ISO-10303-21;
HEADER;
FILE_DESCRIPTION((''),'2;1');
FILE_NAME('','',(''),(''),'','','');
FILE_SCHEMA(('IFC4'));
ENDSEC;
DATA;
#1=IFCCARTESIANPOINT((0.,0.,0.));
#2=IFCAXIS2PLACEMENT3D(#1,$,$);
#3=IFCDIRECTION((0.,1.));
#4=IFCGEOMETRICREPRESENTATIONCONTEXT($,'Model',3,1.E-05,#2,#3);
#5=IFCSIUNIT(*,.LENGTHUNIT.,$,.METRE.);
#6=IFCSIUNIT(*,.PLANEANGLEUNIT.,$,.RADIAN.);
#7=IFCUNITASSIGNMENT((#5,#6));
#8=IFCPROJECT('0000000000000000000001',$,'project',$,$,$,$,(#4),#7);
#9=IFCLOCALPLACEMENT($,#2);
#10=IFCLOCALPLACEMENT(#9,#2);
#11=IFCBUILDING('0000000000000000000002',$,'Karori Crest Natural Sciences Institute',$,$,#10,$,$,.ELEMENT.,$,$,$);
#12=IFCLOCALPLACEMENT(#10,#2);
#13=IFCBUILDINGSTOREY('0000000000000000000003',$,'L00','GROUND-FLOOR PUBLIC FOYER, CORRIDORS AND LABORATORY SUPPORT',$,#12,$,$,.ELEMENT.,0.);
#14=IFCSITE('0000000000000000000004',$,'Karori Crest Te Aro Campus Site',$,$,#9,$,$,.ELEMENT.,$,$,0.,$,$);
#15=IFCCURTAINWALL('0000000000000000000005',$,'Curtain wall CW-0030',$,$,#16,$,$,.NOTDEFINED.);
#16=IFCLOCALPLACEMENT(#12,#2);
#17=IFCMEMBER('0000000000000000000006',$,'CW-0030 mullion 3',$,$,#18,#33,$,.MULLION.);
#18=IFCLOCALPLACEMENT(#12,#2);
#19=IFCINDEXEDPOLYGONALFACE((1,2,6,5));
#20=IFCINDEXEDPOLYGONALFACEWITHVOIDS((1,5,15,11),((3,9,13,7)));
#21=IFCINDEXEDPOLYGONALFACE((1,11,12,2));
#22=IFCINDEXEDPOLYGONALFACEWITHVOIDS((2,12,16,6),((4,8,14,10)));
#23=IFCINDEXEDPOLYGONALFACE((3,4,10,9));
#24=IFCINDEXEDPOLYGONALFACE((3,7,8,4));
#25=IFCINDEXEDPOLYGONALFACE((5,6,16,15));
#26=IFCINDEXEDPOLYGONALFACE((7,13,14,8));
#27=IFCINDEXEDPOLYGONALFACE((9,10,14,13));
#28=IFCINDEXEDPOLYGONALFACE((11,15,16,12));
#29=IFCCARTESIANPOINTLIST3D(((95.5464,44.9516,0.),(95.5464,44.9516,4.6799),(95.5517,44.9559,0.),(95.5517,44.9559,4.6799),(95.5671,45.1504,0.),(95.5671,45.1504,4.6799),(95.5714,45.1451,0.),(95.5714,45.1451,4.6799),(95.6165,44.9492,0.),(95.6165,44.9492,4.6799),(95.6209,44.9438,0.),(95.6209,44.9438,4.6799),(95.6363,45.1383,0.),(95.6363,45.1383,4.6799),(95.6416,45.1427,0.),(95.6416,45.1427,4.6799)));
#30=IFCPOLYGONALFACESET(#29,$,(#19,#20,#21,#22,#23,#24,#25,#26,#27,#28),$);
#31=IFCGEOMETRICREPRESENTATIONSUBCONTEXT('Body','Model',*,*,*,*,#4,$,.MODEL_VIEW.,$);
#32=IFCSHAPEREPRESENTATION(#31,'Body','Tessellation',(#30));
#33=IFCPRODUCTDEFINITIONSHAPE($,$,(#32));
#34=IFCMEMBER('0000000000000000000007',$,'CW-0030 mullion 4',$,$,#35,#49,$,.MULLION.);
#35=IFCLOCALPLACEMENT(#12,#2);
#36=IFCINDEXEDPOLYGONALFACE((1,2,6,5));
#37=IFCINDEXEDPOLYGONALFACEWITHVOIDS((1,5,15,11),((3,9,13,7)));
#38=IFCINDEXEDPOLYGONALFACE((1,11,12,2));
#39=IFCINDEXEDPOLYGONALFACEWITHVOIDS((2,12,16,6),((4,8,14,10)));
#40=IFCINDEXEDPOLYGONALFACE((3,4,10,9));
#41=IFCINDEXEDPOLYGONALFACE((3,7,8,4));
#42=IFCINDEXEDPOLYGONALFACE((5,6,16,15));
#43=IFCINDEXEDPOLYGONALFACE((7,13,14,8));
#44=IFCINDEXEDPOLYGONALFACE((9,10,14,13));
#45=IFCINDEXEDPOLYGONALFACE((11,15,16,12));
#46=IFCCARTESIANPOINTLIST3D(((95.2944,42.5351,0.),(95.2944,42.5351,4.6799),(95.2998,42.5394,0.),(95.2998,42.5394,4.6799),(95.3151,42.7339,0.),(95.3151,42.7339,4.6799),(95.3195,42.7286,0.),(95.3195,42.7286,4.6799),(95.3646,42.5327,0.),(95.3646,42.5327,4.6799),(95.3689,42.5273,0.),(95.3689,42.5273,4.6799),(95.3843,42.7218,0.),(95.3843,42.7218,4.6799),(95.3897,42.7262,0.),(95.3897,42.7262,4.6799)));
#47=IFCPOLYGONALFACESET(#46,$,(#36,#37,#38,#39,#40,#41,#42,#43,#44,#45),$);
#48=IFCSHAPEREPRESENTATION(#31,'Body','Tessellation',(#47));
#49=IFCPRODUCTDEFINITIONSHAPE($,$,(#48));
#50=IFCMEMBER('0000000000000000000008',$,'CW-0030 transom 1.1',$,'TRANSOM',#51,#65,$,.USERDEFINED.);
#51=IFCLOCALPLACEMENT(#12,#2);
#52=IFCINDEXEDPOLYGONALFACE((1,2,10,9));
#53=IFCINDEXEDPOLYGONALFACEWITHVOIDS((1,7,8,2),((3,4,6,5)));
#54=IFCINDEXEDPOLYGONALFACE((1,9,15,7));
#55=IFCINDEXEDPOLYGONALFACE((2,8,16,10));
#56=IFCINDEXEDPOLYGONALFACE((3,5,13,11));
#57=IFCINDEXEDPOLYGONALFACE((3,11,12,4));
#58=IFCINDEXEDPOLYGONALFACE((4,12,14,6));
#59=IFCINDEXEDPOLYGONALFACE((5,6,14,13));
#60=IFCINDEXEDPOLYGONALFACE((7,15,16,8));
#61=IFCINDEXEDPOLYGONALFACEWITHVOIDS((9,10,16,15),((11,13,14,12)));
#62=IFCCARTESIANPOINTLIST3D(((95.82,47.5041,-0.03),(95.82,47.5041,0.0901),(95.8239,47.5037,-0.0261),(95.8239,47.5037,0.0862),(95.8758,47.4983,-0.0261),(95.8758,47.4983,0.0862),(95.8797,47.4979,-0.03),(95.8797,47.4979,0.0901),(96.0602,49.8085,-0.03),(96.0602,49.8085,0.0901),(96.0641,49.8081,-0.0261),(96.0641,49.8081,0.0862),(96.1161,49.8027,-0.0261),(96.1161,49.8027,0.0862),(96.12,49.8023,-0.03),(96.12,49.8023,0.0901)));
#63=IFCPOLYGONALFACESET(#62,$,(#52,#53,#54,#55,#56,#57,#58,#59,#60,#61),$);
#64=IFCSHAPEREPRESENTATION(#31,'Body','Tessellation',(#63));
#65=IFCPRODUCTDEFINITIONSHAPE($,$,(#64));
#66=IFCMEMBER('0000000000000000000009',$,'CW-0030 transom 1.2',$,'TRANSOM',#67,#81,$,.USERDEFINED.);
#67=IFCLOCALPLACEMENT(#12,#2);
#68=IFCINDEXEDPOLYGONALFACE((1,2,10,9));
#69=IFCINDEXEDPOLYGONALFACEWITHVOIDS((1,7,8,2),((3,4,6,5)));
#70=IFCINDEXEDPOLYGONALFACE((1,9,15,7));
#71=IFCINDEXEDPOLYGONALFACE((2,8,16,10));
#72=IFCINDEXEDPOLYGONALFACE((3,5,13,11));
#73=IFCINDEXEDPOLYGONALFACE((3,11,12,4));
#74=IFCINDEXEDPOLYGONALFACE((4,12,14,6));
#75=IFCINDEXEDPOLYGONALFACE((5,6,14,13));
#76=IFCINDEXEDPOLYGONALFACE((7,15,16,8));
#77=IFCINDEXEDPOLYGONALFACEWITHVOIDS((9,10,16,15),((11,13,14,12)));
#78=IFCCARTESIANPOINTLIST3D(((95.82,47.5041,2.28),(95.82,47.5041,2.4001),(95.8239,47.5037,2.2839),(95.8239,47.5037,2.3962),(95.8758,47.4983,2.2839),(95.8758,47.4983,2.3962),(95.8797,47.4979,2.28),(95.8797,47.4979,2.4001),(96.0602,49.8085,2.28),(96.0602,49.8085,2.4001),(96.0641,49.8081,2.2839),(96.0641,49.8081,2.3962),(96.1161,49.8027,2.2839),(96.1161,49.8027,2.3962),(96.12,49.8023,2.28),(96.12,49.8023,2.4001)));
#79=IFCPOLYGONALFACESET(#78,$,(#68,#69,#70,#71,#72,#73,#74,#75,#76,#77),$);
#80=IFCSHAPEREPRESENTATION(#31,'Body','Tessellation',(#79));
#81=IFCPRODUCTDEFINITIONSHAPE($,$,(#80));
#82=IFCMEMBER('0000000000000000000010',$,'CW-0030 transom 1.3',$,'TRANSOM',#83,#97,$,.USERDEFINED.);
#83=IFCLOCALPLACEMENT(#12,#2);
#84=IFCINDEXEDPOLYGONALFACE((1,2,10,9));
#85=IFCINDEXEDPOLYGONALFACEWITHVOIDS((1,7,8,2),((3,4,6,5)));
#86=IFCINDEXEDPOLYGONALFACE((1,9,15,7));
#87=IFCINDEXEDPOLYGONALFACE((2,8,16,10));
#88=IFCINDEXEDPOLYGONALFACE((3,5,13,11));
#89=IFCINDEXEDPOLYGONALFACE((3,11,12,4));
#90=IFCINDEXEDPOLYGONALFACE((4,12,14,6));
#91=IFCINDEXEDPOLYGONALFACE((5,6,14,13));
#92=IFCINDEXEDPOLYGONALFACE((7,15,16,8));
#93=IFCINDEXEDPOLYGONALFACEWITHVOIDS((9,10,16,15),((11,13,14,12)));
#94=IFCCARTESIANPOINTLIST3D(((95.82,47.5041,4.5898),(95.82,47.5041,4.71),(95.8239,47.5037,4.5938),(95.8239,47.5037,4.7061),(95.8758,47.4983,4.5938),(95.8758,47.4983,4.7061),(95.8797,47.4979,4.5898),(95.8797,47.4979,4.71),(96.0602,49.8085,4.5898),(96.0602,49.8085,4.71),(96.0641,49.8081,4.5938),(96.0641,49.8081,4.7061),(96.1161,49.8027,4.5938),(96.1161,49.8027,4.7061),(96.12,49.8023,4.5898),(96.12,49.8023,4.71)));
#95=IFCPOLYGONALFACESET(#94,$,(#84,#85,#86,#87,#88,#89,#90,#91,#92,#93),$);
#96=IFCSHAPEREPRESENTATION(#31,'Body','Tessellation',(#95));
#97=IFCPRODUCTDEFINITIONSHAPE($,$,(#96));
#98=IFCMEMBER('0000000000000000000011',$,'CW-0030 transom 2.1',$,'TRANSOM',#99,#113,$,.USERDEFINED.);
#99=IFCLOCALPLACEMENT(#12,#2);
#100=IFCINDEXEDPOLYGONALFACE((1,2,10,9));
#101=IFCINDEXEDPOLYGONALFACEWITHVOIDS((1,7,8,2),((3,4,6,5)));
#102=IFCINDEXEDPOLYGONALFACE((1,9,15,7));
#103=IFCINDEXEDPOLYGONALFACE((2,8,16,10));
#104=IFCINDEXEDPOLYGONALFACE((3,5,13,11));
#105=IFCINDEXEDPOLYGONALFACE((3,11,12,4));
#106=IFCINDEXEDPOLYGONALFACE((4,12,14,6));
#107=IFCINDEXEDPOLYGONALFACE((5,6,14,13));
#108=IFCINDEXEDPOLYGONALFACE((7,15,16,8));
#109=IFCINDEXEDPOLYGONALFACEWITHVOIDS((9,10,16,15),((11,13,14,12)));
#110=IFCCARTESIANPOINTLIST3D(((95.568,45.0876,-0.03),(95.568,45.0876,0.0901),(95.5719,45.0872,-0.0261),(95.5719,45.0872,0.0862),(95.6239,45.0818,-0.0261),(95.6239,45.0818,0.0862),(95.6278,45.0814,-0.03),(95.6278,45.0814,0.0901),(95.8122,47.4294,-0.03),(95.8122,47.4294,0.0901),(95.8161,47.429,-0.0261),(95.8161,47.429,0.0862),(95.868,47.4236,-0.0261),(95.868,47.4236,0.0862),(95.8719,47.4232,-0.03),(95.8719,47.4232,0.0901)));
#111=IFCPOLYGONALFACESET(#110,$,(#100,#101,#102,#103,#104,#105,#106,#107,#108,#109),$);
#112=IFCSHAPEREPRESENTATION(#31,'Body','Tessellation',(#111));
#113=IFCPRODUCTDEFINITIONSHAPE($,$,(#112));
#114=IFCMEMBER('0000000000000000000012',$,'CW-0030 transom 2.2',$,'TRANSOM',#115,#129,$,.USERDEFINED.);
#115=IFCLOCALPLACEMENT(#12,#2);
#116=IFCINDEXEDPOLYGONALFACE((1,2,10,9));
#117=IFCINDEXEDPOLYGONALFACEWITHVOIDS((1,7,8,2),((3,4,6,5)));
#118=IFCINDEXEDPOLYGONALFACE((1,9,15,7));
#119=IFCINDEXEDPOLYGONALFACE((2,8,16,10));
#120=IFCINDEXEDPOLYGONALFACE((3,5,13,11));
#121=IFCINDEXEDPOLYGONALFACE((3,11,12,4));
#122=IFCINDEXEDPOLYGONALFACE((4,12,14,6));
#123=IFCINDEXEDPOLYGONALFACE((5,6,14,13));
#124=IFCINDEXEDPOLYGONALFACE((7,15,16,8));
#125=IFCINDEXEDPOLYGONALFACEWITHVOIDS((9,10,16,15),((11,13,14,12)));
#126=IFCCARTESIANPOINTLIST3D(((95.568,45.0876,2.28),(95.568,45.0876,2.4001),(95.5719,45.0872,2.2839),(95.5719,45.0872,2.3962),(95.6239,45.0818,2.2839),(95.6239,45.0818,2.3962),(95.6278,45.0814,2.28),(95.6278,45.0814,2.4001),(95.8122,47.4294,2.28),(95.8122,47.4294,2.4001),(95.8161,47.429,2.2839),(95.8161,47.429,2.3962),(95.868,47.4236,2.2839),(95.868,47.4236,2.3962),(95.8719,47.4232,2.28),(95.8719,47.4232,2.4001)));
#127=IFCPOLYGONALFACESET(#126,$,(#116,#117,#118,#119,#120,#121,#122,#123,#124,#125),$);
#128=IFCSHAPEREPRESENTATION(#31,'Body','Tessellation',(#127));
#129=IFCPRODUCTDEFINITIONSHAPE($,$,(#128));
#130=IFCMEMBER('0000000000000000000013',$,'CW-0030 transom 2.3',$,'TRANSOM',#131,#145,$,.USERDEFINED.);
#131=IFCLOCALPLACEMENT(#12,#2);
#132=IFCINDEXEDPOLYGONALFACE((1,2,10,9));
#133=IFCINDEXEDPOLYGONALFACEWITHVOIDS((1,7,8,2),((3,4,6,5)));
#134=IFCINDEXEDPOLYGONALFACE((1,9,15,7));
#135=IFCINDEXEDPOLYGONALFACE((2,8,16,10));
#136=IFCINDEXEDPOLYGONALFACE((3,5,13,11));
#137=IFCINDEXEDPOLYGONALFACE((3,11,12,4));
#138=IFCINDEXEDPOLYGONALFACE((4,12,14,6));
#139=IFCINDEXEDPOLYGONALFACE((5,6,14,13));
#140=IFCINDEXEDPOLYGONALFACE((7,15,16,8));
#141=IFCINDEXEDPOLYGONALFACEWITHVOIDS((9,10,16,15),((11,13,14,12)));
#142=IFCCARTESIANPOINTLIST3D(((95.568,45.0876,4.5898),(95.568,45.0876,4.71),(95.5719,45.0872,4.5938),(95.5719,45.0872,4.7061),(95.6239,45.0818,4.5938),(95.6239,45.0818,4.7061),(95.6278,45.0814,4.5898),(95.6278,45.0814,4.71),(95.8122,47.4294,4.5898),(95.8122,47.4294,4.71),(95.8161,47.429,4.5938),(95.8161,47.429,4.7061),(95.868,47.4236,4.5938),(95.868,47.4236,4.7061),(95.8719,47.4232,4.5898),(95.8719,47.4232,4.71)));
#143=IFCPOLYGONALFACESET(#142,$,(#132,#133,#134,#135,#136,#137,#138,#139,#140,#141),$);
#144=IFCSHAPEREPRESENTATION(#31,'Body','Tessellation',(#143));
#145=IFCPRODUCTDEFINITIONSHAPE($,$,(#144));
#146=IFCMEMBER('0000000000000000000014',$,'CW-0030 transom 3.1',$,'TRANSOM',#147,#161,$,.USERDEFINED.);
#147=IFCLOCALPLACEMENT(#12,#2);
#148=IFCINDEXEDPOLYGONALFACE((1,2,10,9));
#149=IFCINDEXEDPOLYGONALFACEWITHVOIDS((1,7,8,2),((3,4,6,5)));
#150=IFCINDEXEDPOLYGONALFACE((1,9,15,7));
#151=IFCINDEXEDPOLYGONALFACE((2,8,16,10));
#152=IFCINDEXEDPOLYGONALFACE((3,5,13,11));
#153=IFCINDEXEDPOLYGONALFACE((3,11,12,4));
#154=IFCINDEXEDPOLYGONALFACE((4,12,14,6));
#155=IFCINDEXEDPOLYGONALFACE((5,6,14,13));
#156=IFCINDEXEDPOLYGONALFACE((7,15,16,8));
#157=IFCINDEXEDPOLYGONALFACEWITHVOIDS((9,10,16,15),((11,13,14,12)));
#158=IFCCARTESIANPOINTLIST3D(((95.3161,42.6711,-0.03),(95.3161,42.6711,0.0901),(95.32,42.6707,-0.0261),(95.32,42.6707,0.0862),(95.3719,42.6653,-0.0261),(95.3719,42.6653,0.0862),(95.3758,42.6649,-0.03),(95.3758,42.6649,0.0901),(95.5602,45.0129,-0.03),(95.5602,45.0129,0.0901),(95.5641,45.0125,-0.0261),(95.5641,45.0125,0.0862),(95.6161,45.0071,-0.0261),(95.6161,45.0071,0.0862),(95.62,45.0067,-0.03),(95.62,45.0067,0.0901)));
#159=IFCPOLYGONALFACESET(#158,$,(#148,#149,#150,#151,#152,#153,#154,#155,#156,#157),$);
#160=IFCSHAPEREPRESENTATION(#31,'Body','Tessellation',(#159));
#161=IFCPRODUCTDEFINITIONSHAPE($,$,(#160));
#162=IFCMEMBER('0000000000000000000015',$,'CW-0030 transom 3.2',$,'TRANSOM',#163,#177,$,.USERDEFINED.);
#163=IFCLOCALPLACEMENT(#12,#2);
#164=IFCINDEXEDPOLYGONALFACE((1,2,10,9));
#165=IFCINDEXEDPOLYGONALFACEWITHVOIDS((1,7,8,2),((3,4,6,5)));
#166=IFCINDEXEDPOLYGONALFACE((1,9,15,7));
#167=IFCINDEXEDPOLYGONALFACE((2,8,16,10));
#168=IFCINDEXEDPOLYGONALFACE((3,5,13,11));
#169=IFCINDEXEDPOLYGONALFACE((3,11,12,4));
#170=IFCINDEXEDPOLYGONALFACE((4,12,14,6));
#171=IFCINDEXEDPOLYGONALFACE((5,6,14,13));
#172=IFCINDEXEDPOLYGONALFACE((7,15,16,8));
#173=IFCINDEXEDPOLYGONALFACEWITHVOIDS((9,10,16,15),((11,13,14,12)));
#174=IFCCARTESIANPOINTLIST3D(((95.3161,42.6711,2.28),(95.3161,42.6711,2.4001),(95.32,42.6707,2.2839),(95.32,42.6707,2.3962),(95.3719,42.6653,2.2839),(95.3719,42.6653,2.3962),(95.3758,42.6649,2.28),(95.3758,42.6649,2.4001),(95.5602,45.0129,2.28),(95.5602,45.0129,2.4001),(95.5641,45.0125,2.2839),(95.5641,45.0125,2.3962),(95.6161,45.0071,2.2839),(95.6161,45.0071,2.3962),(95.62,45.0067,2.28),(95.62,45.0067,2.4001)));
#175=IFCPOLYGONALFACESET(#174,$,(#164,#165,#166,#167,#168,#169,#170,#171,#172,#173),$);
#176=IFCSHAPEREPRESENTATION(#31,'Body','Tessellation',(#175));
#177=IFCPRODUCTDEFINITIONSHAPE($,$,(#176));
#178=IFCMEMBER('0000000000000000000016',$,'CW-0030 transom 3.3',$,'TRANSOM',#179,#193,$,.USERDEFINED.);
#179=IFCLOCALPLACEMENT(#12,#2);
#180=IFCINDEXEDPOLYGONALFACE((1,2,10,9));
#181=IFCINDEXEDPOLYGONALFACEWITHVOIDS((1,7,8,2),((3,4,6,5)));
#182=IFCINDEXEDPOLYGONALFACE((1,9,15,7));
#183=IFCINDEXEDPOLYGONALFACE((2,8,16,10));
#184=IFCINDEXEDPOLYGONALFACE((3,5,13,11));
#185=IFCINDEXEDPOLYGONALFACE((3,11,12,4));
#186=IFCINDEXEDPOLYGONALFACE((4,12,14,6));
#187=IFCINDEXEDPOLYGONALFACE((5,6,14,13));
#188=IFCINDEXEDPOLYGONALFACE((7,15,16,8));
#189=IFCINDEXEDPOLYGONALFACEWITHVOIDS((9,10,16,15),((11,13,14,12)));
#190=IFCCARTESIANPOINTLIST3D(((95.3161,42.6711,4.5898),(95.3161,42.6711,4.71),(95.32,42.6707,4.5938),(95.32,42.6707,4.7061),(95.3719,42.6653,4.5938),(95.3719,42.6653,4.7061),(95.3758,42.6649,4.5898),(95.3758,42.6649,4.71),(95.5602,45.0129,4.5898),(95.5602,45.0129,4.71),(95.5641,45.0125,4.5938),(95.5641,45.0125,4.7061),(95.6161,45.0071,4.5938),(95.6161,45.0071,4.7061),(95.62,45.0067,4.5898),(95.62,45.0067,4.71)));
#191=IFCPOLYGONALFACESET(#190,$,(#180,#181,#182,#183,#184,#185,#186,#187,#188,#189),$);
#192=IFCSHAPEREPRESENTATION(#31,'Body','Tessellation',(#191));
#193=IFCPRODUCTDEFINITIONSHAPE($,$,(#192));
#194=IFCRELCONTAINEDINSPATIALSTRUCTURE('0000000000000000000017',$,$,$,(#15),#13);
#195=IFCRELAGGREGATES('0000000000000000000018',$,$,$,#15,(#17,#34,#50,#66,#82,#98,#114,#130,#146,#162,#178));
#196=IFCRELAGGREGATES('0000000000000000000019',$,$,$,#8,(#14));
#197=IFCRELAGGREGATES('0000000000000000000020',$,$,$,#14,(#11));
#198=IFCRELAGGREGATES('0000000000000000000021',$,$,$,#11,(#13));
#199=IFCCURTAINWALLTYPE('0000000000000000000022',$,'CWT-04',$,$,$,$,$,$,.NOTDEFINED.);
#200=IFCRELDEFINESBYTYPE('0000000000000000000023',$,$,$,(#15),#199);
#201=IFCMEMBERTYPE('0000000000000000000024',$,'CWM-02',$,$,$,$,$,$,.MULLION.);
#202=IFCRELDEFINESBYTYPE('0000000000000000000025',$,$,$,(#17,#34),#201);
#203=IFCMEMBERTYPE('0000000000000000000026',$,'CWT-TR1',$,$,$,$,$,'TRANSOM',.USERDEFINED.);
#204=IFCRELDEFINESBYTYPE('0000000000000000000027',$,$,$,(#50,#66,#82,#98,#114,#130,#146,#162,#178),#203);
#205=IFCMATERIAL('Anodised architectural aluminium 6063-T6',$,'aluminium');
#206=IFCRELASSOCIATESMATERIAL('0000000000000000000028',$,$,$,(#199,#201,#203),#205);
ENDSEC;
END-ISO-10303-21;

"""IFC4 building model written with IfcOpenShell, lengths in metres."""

from ifc_helpers import new_model, si_unit, direction, frame, origin, origin_2d, place, context, subcontext, project, spatial, hollow_rectangle, extrude, material, material_profile, profile_set, type_object, element, aggregate, save


model = new_model("IFC4")

# Units and contexts
model_context = context("Model", 3, precision=1e-05, world=origin(), true_north=direction((0.0, 1.0)))
body_context = subcontext(model_context, "Body", "Model", "MODEL_VIEW")
ifc_project = project(units=[si_unit("LENGTHUNIT", "METRE"), si_unit("PLANEANGLEUNIT", "RADIAN")], contexts=[model_context])

# Site, building, storey
site_placement = place(None, origin())
site = spatial("IfcSite", under=ifc_project, at=site_placement, Name="Karori Crest Te Aro Campus Site", CompositionType="ELEMENT", RefElevation=0.0)
building_placement = place(site_placement, origin())
building = spatial("IfcBuilding", under=site, at=building_placement, Name="Karori Crest Natural Sciences Institute", CompositionType="ELEMENT")
storey_placement = place(building_placement, origin())
storey = spatial("IfcBuildingStorey", under=building, at=storey_placement, Name="L00", Description="GROUND-FLOOR PUBLIC FOYER, CORRIDORS AND LABORATORY SUPPORT", CompositionType="ELEMENT", Elevation=0.0)

# Curtain wall, members
ifc_material_1 = material(Name="Anodised architectural aluminium 6063-T6", Category="aluminium")
curtain_wall_type = type_object("IfcCurtainWallType", Name="CWT-04", PredefinedType="NOTDEFINED", material=ifc_material_1)
curtain_wall_placement = place(storey_placement, origin())
curtain_wall = element("IfcCurtainWall", 1, at=curtain_wall_placement, inside=storey, type_object=curtain_wall_type, Name="Curtain wall CW-0030", PredefinedType="NOTDEFINED")
ifc_material_profile_1 = material_profile(ifc_material_1, hollow_rectangle(XDim=0.075, YDim=0.2, WallThickness=0.0049, at=origin_2d()), Name="CWM200x75x5")
ifc_profile_set_1 = profile_set([ifc_material_profile_1], Name="Anodised architectural aluminium 6063-T6")
member_type_1 = type_object("IfcMemberType", Name="CWM-02", PredefinedType="MULLION", material=ifc_profile_set_1)
member_1_placement = place(storey_placement, frame((95.594, 45.0471, 0.0), z_axis=(0.0, 0.0, 1.0), x_axis=(0.994608, -0.103701, 0.0)))
member_1 = element("IfcMember", 2, at=member_1_placement, type_object=member_type_1, Name="CW-0030 mullion 3", PredefinedType="MULLION", context=body_context, shape_type="SweptSolid", body=[
    extrude(hollow_rectangle(XDim=0.075, YDim=0.2, WallThickness=0.0049, at=origin_2d()), origin(), (0.0, 0.0, 1.0), 4.6799),
])
member_2_placement = place(storey_placement, frame((95.342, 42.6306, 0.0), z_axis=(0.0, 0.0, 1.0), x_axis=(0.994608, -0.103701, 0.0)))
member_2 = element("IfcMember", 3, at=member_2_placement, type_object=member_type_1, Name="CW-0030 mullion 4", PredefinedType="MULLION", context=body_context, shape_type="SweptSolid", body=[
    extrude(hollow_rectangle(XDim=0.075, YDim=0.2, WallThickness=0.0049, at=origin_2d()), origin(), (0.0, 0.0, 1.0), 4.6799),
])
ifc_material_profile_2 = material_profile(ifc_material_1, hollow_rectangle(XDim=0.0601, YDim=0.1201, WallThickness=0.0039, at=origin_2d()), Name="CWT120x60x4")
ifc_profile_set_2 = profile_set([ifc_material_profile_2], Name="Anodised architectural aluminium 6063-T6")
member_type_2 = type_object("IfcMemberType", Name="CWT-TR1", ElementType="TRANSOM", PredefinedType="USERDEFINED", material=ifc_profile_set_2)
member_3_placement = place(storey_placement, frame((96.0901, 49.8054, 0.03), z_axis=(-0.103686, -0.99461, 0.0), x_axis=(0.99461, -0.103686, 0.0)))
member_3 = element("IfcMember", 4, at=member_3_placement, type_object=member_type_2, Name="CW-0030 transom 1.1", ObjectType="TRANSOM", PredefinedType="USERDEFINED", context=body_context, shape_type="SweptSolid", body=[
    extrude(hollow_rectangle(XDim=0.0601, YDim=0.1201, WallThickness=0.0039, at=origin_2d()), origin(), (0.0, 0.0, 1.0), 2.3169),
])
member_4_placement = place(storey_placement, frame((96.0901, 49.8054, 2.3401), z_axis=(-0.103686, -0.99461, 0.0), x_axis=(0.99461, -0.103686, 0.0)))
member_4 = element("IfcMember", 5, at=member_4_placement, type_object=member_type_2, Name="CW-0030 transom 1.2", ObjectType="TRANSOM", PredefinedType="USERDEFINED", context=body_context, shape_type="SweptSolid", body=[
    extrude(hollow_rectangle(XDim=0.0601, YDim=0.1201, WallThickness=0.0039, at=origin_2d()), origin(), (0.0, 0.0, 1.0), 2.3169),
])
member_5_placement = place(storey_placement, frame((96.0901, 49.8054, 4.6499), z_axis=(-0.103686, -0.99461, 0.0), x_axis=(0.99461, -0.103686, 0.0)))
member_5 = element("IfcMember", 6, at=member_5_placement, type_object=member_type_2, Name="CW-0030 transom 1.3", ObjectType="TRANSOM", PredefinedType="USERDEFINED", context=body_context, shape_type="SweptSolid", body=[
    extrude(hollow_rectangle(XDim=0.0601, YDim=0.1201, WallThickness=0.0039, at=origin_2d()), origin(), (0.0, 0.0, 1.0), 2.3169),
])
member_6_placement = place(storey_placement, frame((95.842, 47.4263, 0.03), z_axis=(-0.103692, -0.99461, 0.0), x_axis=(0.99461, -0.103692, 0.0)))
member_6 = element("IfcMember", 7, at=member_6_placement, type_object=member_type_2, Name="CW-0030 transom 2.1", ObjectType="TRANSOM", PredefinedType="USERDEFINED", context=body_context, shape_type="SweptSolid", body=[
    extrude(hollow_rectangle(XDim=0.0601, YDim=0.1201, WallThickness=0.0039, at=origin_2d()), origin(), (0.0, 0.0, 1.0), 2.3545),
])
member_7_placement = place(storey_placement, frame((95.842, 47.4263, 2.3401), z_axis=(-0.103692, -0.99461, 0.0), x_axis=(0.99461, -0.103692, 0.0)))
member_7 = element("IfcMember", 8, at=member_7_placement, type_object=member_type_2, Name="CW-0030 transom 2.2", ObjectType="TRANSOM", PredefinedType="USERDEFINED", context=body_context, shape_type="SweptSolid", body=[
    extrude(hollow_rectangle(XDim=0.0601, YDim=0.1201, WallThickness=0.0039, at=origin_2d()), origin(), (0.0, 0.0, 1.0), 2.3545),
])
member_8_placement = place(storey_placement, frame((95.842, 47.4263, 4.6499), z_axis=(-0.103692, -0.99461, 0.0), x_axis=(0.99461, -0.103692, 0.0)))
member_8 = element("IfcMember", 9, at=member_8_placement, type_object=member_type_2, Name="CW-0030 transom 2.3", ObjectType="TRANSOM", PredefinedType="USERDEFINED", context=body_context, shape_type="SweptSolid", body=[
    extrude(hollow_rectangle(XDim=0.0601, YDim=0.1201, WallThickness=0.0039, at=origin_2d()), origin(), (0.0, 0.0, 1.0), 2.3545),
])
member_9_placement = place(storey_placement, frame((95.5901, 45.0098, 0.03), z_axis=(-0.103692, -0.99461, 0.0), x_axis=(0.99461, -0.103692, 0.0)))
member_9 = element("IfcMember", 10, at=member_9_placement, type_object=member_type_2, Name="CW-0030 transom 3.1", ObjectType="TRANSOM", PredefinedType="USERDEFINED", context=body_context, shape_type="SweptSolid", body=[
    extrude(hollow_rectangle(XDim=0.0601, YDim=0.1201, WallThickness=0.0039, at=origin_2d()), origin(), (0.0, 0.0, 1.0), 2.3545),
])
member_10_placement = place(storey_placement, frame((95.5901, 45.0098, 2.3401), z_axis=(-0.103692, -0.99461, 0.0), x_axis=(0.99461, -0.103692, 0.0)))
member_10 = element("IfcMember", 11, at=member_10_placement, type_object=member_type_2, Name="CW-0030 transom 3.2", ObjectType="TRANSOM", PredefinedType="USERDEFINED", context=body_context, shape_type="SweptSolid", body=[
    extrude(hollow_rectangle(XDim=0.0601, YDim=0.1201, WallThickness=0.0039, at=origin_2d()), origin(), (0.0, 0.0, 1.0), 2.3545),
])
member_11_placement = place(storey_placement, frame((95.5901, 45.0098, 4.6499), z_axis=(-0.103692, -0.99461, 0.0), x_axis=(0.99461, -0.103692, 0.0)))
member_11 = element("IfcMember", 12, at=member_11_placement, type_object=member_type_2, Name="CW-0030 transom 3.3", ObjectType="TRANSOM", PredefinedType="USERDEFINED", context=body_context, shape_type="SweptSolid", body=[
    extrude(hollow_rectangle(XDim=0.0601, YDim=0.1201, WallThickness=0.0039, at=origin_2d()), origin(), (0.0, 0.0, 1.0), 2.3545),
])
aggregate(curtain_wall, [member_1, member_2, member_3, member_4, member_5, member_6, member_7, member_8, member_9, member_10, member_11])

save(model, "model.ifc")
